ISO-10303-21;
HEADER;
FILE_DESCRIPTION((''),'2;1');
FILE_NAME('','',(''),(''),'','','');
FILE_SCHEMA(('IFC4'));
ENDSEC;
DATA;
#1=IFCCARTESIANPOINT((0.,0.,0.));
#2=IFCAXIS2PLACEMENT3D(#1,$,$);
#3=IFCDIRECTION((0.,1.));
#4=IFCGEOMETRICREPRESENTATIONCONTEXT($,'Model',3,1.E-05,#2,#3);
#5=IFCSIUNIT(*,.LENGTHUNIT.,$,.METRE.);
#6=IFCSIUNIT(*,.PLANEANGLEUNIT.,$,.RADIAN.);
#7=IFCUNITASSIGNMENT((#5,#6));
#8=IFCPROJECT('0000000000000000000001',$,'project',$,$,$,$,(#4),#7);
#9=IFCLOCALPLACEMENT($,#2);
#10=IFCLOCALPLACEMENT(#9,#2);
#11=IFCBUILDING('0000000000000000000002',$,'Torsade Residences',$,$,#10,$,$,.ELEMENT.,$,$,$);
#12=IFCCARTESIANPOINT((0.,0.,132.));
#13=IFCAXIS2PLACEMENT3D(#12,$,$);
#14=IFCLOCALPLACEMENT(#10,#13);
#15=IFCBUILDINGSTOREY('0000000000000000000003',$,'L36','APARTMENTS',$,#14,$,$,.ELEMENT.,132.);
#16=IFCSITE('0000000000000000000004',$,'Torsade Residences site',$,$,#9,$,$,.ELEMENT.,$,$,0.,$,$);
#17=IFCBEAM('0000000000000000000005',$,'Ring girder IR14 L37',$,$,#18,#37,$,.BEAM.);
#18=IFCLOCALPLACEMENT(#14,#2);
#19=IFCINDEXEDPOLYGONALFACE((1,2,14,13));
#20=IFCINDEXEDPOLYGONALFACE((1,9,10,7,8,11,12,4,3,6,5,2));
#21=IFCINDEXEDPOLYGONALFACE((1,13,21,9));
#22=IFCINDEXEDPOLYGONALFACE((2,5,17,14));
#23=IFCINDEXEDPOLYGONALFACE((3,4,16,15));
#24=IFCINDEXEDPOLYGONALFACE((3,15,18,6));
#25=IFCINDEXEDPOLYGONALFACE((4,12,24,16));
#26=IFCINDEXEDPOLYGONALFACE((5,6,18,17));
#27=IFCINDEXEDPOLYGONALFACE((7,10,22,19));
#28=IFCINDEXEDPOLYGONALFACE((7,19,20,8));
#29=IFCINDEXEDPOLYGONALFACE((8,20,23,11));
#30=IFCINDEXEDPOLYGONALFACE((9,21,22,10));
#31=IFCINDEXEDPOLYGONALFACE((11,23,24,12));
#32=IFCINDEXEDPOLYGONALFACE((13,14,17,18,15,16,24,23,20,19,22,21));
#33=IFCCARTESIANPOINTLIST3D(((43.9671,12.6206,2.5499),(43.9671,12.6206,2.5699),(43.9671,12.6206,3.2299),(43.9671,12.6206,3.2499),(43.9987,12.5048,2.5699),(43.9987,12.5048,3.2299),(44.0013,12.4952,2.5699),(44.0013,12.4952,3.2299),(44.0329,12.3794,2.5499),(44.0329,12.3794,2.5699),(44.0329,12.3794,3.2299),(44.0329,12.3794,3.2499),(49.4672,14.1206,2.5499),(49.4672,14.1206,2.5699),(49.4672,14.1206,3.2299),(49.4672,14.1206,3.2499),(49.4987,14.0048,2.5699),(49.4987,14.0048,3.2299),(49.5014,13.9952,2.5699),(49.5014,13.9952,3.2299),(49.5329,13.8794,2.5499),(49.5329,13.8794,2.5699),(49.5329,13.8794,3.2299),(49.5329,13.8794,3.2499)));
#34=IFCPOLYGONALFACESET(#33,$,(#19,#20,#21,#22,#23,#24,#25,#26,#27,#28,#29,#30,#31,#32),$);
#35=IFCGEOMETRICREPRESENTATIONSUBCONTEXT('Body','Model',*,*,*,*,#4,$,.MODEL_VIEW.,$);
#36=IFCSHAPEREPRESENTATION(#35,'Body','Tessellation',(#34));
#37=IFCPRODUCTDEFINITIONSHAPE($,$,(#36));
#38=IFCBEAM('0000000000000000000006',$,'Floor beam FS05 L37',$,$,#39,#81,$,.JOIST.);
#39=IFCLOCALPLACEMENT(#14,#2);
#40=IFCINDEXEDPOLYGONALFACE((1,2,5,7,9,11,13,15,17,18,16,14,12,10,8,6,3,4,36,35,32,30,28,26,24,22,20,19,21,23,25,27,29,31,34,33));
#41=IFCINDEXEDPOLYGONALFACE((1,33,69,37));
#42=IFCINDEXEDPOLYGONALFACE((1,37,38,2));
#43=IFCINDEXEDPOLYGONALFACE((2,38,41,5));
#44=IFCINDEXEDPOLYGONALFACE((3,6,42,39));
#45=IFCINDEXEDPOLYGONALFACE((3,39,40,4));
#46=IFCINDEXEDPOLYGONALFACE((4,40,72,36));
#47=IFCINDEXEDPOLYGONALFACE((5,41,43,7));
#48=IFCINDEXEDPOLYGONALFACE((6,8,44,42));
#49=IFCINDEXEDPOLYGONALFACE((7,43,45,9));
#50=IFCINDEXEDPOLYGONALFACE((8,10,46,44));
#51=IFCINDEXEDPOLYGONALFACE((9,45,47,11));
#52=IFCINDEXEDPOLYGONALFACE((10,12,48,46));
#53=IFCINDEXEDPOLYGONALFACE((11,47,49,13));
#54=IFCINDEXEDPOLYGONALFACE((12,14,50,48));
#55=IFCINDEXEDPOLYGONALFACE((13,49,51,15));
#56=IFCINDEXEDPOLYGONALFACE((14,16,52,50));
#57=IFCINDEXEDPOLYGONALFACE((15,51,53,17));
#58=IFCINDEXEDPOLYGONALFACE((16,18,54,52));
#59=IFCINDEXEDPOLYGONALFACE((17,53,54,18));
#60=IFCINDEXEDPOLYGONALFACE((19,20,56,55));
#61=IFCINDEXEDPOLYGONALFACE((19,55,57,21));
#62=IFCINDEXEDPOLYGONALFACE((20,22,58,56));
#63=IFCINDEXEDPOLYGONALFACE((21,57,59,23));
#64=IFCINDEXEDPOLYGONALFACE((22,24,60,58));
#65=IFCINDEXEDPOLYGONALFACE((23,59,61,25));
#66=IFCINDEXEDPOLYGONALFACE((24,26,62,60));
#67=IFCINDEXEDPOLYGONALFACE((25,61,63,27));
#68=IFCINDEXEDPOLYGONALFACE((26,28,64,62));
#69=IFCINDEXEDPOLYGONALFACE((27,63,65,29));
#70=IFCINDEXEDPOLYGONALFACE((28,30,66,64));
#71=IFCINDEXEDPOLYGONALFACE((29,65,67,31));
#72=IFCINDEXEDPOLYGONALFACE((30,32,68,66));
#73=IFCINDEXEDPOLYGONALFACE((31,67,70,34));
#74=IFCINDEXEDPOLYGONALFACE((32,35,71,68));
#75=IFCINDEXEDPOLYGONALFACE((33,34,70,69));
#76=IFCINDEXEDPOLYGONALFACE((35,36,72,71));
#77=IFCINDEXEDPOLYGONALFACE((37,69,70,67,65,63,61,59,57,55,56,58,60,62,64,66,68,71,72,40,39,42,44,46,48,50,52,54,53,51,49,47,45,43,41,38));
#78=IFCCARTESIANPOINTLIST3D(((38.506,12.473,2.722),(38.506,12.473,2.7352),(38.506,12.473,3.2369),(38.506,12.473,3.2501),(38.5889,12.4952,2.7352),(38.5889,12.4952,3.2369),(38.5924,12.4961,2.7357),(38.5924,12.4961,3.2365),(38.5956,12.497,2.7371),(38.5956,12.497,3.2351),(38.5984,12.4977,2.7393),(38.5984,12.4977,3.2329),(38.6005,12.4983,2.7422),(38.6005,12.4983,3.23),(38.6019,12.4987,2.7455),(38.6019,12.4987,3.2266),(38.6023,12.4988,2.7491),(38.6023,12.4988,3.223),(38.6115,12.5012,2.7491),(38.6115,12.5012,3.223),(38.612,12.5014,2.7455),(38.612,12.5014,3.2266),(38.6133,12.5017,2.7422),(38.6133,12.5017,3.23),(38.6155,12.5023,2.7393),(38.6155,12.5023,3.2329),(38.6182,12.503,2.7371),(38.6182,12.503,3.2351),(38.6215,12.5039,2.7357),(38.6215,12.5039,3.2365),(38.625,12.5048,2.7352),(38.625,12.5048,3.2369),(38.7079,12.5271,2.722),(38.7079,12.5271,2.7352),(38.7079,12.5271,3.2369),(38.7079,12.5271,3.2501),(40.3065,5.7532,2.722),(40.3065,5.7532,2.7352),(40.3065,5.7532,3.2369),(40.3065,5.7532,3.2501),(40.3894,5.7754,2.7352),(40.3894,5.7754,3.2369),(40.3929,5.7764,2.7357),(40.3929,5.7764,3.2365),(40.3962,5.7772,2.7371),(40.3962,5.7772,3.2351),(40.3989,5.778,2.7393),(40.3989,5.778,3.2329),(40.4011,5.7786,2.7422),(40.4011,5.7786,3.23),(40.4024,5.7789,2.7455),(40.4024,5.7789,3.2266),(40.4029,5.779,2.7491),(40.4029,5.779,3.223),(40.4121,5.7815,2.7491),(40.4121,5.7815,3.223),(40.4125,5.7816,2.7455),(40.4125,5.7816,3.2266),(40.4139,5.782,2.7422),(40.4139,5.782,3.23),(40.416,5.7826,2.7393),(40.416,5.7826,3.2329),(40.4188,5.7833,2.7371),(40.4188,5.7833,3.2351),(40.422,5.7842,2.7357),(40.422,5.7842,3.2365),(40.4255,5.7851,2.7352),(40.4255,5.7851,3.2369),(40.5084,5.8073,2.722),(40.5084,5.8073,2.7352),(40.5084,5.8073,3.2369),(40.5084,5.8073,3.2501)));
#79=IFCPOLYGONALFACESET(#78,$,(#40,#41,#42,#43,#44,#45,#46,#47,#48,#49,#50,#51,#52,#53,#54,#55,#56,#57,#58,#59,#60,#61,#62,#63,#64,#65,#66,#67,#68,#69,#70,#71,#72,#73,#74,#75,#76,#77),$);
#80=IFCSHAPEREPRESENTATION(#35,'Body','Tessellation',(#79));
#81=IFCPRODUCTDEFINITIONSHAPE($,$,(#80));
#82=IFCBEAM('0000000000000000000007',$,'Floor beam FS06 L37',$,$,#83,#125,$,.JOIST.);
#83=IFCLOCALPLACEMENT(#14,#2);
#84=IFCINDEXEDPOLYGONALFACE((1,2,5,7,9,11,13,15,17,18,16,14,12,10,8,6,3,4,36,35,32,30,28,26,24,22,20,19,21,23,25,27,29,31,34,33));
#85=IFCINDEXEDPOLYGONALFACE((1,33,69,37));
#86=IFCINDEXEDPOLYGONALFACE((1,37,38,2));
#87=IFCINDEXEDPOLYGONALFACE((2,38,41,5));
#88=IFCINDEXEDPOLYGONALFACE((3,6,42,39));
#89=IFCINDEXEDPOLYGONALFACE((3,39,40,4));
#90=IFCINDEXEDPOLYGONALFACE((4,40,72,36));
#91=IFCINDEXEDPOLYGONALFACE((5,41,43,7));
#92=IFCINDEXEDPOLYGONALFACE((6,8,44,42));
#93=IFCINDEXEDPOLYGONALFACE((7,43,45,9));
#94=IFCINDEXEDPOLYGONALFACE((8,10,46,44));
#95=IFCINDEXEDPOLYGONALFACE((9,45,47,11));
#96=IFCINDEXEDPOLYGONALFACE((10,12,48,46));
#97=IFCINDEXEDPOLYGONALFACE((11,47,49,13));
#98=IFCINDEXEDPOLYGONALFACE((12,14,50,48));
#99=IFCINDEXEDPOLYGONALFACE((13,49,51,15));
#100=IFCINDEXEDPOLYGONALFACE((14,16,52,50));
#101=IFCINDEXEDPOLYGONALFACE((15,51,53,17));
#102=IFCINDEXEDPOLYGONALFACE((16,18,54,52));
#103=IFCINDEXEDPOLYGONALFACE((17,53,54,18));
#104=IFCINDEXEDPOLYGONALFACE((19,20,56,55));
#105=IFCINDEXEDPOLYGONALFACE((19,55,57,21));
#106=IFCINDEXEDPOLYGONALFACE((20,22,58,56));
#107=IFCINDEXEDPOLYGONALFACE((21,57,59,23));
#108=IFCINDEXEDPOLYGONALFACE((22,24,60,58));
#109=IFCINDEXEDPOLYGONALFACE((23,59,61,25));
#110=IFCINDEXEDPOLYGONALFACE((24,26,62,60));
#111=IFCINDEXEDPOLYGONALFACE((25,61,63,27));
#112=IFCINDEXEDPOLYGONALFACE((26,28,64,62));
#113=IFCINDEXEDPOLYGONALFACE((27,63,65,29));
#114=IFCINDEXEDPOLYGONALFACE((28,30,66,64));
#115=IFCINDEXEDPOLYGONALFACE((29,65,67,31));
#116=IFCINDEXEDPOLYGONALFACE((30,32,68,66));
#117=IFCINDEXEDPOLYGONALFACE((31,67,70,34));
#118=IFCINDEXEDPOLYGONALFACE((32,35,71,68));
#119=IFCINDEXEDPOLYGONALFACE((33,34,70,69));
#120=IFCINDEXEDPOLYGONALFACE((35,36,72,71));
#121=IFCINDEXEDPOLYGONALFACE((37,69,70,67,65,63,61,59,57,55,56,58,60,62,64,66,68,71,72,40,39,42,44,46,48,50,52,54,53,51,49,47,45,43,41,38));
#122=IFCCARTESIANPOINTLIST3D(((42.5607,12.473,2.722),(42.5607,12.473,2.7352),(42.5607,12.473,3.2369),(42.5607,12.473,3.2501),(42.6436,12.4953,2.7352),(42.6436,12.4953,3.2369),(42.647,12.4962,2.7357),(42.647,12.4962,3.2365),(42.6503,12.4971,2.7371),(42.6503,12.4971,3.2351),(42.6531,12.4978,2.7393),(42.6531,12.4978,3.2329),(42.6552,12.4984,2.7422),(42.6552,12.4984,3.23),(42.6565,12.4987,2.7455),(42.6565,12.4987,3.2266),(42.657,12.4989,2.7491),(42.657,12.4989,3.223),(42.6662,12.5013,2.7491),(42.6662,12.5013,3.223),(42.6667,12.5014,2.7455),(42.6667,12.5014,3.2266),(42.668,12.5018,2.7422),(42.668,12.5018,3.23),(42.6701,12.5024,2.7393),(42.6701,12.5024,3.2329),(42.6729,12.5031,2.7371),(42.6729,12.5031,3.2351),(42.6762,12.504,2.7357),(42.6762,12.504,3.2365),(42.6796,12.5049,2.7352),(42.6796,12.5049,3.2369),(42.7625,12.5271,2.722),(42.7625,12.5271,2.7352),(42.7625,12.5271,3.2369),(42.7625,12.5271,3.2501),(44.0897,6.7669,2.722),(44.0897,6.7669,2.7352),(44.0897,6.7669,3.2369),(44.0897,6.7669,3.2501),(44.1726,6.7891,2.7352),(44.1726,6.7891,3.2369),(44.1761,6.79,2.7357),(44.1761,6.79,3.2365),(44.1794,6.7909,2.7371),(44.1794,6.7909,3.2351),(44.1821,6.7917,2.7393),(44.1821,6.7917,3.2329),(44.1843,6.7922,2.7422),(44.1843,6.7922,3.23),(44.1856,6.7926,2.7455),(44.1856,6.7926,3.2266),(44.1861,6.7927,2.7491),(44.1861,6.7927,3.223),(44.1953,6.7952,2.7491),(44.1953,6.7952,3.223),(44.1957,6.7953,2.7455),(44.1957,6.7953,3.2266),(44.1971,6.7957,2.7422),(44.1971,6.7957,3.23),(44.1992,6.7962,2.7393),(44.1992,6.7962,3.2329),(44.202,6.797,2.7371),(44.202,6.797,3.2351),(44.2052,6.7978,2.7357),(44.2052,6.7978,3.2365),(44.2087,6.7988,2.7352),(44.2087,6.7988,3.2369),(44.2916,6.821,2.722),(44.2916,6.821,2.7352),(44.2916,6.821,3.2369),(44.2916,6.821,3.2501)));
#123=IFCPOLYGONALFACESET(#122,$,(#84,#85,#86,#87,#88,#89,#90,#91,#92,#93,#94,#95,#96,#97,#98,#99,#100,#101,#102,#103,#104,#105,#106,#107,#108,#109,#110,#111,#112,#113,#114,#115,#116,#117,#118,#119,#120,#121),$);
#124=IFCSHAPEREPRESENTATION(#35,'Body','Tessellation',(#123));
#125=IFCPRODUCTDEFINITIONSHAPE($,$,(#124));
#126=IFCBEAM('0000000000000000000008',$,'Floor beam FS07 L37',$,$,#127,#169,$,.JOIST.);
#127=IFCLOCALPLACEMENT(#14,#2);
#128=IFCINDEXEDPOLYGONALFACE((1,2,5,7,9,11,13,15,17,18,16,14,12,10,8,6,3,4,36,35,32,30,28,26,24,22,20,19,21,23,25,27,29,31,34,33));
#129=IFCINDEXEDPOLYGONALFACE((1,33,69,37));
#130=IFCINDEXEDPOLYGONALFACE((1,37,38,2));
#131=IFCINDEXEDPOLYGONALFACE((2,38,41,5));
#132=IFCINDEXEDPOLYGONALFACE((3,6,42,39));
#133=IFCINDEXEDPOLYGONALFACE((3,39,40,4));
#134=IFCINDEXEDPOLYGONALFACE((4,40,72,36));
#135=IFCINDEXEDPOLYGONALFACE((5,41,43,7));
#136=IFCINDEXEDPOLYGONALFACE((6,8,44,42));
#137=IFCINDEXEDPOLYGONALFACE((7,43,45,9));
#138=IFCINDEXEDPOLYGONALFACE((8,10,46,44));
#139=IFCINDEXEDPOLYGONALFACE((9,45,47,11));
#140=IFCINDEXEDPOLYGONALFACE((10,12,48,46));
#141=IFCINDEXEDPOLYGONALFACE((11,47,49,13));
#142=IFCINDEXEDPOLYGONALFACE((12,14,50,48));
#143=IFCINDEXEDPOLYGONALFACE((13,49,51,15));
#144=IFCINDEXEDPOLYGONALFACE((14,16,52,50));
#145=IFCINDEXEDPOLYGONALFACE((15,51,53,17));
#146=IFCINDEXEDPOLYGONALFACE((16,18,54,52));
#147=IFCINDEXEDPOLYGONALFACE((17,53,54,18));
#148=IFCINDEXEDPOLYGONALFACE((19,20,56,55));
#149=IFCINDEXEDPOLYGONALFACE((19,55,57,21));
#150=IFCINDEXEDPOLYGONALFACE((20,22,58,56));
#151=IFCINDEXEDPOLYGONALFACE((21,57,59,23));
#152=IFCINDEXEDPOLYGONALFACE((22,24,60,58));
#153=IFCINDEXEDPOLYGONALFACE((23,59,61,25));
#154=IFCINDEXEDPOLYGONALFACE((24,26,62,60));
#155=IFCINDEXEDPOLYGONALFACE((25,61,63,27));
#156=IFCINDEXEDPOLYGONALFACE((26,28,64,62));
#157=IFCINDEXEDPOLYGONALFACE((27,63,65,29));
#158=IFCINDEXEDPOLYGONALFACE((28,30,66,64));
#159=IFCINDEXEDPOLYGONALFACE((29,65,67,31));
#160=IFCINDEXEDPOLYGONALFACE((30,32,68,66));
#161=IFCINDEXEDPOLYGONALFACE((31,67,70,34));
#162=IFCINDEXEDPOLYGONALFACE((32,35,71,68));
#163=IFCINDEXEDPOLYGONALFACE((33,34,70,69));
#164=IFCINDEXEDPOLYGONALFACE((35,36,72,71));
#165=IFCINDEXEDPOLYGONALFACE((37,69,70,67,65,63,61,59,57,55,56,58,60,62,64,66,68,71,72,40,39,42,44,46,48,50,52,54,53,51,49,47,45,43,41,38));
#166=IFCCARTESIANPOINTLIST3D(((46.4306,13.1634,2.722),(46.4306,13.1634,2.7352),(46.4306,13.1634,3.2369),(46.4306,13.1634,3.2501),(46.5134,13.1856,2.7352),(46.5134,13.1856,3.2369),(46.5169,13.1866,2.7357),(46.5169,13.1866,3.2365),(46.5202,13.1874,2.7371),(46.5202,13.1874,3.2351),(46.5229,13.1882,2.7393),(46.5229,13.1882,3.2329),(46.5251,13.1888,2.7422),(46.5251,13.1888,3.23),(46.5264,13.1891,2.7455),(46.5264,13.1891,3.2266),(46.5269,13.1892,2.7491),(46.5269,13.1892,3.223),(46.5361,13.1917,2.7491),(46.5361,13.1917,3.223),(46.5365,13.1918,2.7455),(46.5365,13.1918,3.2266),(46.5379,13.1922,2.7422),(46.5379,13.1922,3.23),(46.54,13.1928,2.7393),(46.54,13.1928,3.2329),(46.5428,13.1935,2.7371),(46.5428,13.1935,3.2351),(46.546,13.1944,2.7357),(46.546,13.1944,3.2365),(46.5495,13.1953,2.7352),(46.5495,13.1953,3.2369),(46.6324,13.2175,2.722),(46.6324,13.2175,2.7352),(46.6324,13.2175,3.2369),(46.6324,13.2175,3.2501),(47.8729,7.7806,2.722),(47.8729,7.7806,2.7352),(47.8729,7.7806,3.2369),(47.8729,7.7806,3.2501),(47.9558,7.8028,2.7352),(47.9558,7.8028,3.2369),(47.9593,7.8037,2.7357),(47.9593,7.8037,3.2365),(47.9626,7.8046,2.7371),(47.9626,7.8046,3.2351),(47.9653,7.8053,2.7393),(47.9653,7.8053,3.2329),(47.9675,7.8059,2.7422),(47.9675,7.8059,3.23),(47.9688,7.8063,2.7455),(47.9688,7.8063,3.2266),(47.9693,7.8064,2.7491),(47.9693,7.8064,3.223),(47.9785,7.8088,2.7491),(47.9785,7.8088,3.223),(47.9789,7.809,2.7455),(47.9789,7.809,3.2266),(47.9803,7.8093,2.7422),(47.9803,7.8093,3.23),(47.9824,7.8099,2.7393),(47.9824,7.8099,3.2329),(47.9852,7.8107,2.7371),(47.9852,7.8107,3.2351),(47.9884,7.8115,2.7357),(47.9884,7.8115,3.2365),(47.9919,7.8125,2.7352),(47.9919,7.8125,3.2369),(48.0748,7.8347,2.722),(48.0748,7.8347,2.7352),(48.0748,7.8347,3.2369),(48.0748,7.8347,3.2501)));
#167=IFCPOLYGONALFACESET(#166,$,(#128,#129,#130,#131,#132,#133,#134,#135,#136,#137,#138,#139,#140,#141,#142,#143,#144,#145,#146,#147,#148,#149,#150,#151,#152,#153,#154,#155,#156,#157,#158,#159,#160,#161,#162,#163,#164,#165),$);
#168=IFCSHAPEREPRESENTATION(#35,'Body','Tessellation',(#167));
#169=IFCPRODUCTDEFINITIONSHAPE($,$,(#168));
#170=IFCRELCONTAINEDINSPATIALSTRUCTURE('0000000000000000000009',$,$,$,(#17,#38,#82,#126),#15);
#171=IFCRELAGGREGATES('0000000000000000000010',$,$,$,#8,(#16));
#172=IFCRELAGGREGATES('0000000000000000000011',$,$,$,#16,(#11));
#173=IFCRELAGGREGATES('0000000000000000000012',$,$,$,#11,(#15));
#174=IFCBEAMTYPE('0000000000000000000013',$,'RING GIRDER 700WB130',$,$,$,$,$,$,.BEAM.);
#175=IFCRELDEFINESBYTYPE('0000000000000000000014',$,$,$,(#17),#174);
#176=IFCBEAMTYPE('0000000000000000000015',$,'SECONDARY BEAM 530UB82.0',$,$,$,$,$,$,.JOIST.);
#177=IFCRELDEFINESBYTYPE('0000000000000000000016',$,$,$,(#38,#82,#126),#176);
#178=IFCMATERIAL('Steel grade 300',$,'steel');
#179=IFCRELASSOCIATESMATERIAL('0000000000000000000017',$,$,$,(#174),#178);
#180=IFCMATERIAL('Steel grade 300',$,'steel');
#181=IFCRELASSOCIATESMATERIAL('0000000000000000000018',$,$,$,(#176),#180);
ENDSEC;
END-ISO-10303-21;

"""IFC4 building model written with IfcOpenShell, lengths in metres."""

from ifc_helpers import new_model, si_unit, direction, frame, origin, origin_2d, place, context, subcontext, project, spatial, i_section, extrude, material, material_profile, profile_set, type_object, element, save


model = new_model("IFC4")

# Units and contexts
model_context = context("Model", 3, precision=1e-05, world=origin(), true_north=direction((0.0, 1.0)))
body_context = subcontext(model_context, "Body", "Model", "MODEL_VIEW")
ifc_project = project(units=[si_unit("LENGTHUNIT", "METRE"), si_unit("PLANEANGLEUNIT", "RADIAN")], contexts=[model_context])

# Site, building, storey
site_placement = place(None, origin())
site = spatial("IfcSite", under=ifc_project, at=site_placement, Name="Torsade Residences site", CompositionType="ELEMENT", RefElevation=0.0)
building_placement = place(site_placement, origin())
building = spatial("IfcBuilding", under=site, at=building_placement, Name="Torsade Residences", CompositionType="ELEMENT")
storey_placement = place(building_placement, frame((0.0, 0.0, 132.0)))
storey = spatial("IfcBuildingStorey", under=building, at=storey_placement, Name="L36", Description="APARTMENTS", CompositionType="ELEMENT", Elevation=132.0)

# Beams
ifc_material_1 = material(Name="Steel grade 300", Category="steel")
ifc_material_profile_1 = material_profile(ifc_material_1, i_section(OverallWidth=0.25, OverallDepth=0.7, WebThickness=0.01, FlangeThickness=0.02, at=origin_2d()), Name="700WB130")
ifc_profile_set_1 = profile_set([ifc_material_profile_1], Name="Steel grade 300")
beam_type_1 = type_object("IfcBeamType", Name="RING GIRDER 700WB130", PredefinedType="BEAM", material=ifc_profile_set_1)
beam_1_placement = place(storey_placement, frame((44.0, 12.5, 2.8999), z_axis=(0.964764, 0.263117, 0.0), x_axis=(-0.263117, 0.964764, 0.0)))
element("IfcBeam", 1, at=beam_1_placement, inside=storey, type_object=beam_type_1, Name="Ring girder IR14 L37", PredefinedType="BEAM", context=body_context, shape_type="SweptSolid", body=[
    extrude(i_section(OverallWidth=0.25, OverallDepth=0.7, WebThickness=0.01, FlangeThickness=0.02, at=origin_2d()), origin(), (0.0, 0.0, 1.0), 5.7009),
])
ifc_material_2 = material(Name="Steel grade 300", Category="steel")
ifc_material_profile_2 = material_profile(ifc_material_2, i_section(OverallWidth=0.209, OverallDepth=0.5281, WebThickness=0.0095, FlangeThickness=0.0132, FilletRadius=0.0139, at=origin_2d()), Name="530UB82.0")
ifc_profile_set_2 = profile_set([ifc_material_profile_2], Name="Steel grade 300")
beam_type_2 = type_object("IfcBeamType", Name="SECONDARY BEAM 530UB82.0", PredefinedType="JOIST", material=ifc_profile_set_2)
beam_2_placement = place(storey_placement, frame((40.4075, 5.7803, 2.9861), z_axis=(-0.258818, 0.965926, 0.0), x_axis=(-0.965926, -0.258818, 0.0)))
element("IfcBeam", 2, at=beam_2_placement, inside=storey, type_object=beam_type_2, Name="Floor beam FS05 L37", PredefinedType="JOIST", context=body_context, shape_type="SweptSolid", body=[
    extrude(i_section(OverallWidth=0.209, OverallDepth=0.5281, WebThickness=0.0095, FlangeThickness=0.0132, FilletRadius=0.0139, at=origin_2d()), origin(), (0.0, 0.0, 1.0), 6.9568),
])
beam_3_placement = place(storey_placement, frame((44.1907, 6.7939, 2.9861), z_axis=(-0.258838, 0.965921, 0.0), x_axis=(-0.965921, -0.258838, 0.0)))
element("IfcBeam", 3, at=beam_3_placement, inside=storey, type_object=beam_type_2, Name="Floor beam FS06 L37", PredefinedType="JOIST", context=body_context, shape_type="SweptSolid", body=[
    extrude(i_section(OverallWidth=0.209, OverallDepth=0.5281, WebThickness=0.0095, FlangeThickness=0.0132, FilletRadius=0.0139, at=origin_2d()), origin(), (0.0, 0.0, 1.0), 5.9075),
])
beam_4_placement = place(storey_placement, frame((47.9739, 7.8076, 2.9861), z_axis=(-0.25883, 0.965923, 0.0), x_axis=(-0.965923, -0.25883, 0.0)))
element("IfcBeam", 4, at=beam_4_placement, inside=storey, type_object=beam_type_2, Name="Floor beam FS07 L37", PredefinedType="JOIST", context=body_context, shape_type="SweptSolid", body=[
    extrude(i_section(OverallWidth=0.209, OverallDepth=0.5281, WebThickness=0.0095, FlangeThickness=0.0132, FilletRadius=0.0139, at=origin_2d()), origin(), (0.0, 0.0, 1.0), 5.5728),
])

save(model, "model.ifc")
